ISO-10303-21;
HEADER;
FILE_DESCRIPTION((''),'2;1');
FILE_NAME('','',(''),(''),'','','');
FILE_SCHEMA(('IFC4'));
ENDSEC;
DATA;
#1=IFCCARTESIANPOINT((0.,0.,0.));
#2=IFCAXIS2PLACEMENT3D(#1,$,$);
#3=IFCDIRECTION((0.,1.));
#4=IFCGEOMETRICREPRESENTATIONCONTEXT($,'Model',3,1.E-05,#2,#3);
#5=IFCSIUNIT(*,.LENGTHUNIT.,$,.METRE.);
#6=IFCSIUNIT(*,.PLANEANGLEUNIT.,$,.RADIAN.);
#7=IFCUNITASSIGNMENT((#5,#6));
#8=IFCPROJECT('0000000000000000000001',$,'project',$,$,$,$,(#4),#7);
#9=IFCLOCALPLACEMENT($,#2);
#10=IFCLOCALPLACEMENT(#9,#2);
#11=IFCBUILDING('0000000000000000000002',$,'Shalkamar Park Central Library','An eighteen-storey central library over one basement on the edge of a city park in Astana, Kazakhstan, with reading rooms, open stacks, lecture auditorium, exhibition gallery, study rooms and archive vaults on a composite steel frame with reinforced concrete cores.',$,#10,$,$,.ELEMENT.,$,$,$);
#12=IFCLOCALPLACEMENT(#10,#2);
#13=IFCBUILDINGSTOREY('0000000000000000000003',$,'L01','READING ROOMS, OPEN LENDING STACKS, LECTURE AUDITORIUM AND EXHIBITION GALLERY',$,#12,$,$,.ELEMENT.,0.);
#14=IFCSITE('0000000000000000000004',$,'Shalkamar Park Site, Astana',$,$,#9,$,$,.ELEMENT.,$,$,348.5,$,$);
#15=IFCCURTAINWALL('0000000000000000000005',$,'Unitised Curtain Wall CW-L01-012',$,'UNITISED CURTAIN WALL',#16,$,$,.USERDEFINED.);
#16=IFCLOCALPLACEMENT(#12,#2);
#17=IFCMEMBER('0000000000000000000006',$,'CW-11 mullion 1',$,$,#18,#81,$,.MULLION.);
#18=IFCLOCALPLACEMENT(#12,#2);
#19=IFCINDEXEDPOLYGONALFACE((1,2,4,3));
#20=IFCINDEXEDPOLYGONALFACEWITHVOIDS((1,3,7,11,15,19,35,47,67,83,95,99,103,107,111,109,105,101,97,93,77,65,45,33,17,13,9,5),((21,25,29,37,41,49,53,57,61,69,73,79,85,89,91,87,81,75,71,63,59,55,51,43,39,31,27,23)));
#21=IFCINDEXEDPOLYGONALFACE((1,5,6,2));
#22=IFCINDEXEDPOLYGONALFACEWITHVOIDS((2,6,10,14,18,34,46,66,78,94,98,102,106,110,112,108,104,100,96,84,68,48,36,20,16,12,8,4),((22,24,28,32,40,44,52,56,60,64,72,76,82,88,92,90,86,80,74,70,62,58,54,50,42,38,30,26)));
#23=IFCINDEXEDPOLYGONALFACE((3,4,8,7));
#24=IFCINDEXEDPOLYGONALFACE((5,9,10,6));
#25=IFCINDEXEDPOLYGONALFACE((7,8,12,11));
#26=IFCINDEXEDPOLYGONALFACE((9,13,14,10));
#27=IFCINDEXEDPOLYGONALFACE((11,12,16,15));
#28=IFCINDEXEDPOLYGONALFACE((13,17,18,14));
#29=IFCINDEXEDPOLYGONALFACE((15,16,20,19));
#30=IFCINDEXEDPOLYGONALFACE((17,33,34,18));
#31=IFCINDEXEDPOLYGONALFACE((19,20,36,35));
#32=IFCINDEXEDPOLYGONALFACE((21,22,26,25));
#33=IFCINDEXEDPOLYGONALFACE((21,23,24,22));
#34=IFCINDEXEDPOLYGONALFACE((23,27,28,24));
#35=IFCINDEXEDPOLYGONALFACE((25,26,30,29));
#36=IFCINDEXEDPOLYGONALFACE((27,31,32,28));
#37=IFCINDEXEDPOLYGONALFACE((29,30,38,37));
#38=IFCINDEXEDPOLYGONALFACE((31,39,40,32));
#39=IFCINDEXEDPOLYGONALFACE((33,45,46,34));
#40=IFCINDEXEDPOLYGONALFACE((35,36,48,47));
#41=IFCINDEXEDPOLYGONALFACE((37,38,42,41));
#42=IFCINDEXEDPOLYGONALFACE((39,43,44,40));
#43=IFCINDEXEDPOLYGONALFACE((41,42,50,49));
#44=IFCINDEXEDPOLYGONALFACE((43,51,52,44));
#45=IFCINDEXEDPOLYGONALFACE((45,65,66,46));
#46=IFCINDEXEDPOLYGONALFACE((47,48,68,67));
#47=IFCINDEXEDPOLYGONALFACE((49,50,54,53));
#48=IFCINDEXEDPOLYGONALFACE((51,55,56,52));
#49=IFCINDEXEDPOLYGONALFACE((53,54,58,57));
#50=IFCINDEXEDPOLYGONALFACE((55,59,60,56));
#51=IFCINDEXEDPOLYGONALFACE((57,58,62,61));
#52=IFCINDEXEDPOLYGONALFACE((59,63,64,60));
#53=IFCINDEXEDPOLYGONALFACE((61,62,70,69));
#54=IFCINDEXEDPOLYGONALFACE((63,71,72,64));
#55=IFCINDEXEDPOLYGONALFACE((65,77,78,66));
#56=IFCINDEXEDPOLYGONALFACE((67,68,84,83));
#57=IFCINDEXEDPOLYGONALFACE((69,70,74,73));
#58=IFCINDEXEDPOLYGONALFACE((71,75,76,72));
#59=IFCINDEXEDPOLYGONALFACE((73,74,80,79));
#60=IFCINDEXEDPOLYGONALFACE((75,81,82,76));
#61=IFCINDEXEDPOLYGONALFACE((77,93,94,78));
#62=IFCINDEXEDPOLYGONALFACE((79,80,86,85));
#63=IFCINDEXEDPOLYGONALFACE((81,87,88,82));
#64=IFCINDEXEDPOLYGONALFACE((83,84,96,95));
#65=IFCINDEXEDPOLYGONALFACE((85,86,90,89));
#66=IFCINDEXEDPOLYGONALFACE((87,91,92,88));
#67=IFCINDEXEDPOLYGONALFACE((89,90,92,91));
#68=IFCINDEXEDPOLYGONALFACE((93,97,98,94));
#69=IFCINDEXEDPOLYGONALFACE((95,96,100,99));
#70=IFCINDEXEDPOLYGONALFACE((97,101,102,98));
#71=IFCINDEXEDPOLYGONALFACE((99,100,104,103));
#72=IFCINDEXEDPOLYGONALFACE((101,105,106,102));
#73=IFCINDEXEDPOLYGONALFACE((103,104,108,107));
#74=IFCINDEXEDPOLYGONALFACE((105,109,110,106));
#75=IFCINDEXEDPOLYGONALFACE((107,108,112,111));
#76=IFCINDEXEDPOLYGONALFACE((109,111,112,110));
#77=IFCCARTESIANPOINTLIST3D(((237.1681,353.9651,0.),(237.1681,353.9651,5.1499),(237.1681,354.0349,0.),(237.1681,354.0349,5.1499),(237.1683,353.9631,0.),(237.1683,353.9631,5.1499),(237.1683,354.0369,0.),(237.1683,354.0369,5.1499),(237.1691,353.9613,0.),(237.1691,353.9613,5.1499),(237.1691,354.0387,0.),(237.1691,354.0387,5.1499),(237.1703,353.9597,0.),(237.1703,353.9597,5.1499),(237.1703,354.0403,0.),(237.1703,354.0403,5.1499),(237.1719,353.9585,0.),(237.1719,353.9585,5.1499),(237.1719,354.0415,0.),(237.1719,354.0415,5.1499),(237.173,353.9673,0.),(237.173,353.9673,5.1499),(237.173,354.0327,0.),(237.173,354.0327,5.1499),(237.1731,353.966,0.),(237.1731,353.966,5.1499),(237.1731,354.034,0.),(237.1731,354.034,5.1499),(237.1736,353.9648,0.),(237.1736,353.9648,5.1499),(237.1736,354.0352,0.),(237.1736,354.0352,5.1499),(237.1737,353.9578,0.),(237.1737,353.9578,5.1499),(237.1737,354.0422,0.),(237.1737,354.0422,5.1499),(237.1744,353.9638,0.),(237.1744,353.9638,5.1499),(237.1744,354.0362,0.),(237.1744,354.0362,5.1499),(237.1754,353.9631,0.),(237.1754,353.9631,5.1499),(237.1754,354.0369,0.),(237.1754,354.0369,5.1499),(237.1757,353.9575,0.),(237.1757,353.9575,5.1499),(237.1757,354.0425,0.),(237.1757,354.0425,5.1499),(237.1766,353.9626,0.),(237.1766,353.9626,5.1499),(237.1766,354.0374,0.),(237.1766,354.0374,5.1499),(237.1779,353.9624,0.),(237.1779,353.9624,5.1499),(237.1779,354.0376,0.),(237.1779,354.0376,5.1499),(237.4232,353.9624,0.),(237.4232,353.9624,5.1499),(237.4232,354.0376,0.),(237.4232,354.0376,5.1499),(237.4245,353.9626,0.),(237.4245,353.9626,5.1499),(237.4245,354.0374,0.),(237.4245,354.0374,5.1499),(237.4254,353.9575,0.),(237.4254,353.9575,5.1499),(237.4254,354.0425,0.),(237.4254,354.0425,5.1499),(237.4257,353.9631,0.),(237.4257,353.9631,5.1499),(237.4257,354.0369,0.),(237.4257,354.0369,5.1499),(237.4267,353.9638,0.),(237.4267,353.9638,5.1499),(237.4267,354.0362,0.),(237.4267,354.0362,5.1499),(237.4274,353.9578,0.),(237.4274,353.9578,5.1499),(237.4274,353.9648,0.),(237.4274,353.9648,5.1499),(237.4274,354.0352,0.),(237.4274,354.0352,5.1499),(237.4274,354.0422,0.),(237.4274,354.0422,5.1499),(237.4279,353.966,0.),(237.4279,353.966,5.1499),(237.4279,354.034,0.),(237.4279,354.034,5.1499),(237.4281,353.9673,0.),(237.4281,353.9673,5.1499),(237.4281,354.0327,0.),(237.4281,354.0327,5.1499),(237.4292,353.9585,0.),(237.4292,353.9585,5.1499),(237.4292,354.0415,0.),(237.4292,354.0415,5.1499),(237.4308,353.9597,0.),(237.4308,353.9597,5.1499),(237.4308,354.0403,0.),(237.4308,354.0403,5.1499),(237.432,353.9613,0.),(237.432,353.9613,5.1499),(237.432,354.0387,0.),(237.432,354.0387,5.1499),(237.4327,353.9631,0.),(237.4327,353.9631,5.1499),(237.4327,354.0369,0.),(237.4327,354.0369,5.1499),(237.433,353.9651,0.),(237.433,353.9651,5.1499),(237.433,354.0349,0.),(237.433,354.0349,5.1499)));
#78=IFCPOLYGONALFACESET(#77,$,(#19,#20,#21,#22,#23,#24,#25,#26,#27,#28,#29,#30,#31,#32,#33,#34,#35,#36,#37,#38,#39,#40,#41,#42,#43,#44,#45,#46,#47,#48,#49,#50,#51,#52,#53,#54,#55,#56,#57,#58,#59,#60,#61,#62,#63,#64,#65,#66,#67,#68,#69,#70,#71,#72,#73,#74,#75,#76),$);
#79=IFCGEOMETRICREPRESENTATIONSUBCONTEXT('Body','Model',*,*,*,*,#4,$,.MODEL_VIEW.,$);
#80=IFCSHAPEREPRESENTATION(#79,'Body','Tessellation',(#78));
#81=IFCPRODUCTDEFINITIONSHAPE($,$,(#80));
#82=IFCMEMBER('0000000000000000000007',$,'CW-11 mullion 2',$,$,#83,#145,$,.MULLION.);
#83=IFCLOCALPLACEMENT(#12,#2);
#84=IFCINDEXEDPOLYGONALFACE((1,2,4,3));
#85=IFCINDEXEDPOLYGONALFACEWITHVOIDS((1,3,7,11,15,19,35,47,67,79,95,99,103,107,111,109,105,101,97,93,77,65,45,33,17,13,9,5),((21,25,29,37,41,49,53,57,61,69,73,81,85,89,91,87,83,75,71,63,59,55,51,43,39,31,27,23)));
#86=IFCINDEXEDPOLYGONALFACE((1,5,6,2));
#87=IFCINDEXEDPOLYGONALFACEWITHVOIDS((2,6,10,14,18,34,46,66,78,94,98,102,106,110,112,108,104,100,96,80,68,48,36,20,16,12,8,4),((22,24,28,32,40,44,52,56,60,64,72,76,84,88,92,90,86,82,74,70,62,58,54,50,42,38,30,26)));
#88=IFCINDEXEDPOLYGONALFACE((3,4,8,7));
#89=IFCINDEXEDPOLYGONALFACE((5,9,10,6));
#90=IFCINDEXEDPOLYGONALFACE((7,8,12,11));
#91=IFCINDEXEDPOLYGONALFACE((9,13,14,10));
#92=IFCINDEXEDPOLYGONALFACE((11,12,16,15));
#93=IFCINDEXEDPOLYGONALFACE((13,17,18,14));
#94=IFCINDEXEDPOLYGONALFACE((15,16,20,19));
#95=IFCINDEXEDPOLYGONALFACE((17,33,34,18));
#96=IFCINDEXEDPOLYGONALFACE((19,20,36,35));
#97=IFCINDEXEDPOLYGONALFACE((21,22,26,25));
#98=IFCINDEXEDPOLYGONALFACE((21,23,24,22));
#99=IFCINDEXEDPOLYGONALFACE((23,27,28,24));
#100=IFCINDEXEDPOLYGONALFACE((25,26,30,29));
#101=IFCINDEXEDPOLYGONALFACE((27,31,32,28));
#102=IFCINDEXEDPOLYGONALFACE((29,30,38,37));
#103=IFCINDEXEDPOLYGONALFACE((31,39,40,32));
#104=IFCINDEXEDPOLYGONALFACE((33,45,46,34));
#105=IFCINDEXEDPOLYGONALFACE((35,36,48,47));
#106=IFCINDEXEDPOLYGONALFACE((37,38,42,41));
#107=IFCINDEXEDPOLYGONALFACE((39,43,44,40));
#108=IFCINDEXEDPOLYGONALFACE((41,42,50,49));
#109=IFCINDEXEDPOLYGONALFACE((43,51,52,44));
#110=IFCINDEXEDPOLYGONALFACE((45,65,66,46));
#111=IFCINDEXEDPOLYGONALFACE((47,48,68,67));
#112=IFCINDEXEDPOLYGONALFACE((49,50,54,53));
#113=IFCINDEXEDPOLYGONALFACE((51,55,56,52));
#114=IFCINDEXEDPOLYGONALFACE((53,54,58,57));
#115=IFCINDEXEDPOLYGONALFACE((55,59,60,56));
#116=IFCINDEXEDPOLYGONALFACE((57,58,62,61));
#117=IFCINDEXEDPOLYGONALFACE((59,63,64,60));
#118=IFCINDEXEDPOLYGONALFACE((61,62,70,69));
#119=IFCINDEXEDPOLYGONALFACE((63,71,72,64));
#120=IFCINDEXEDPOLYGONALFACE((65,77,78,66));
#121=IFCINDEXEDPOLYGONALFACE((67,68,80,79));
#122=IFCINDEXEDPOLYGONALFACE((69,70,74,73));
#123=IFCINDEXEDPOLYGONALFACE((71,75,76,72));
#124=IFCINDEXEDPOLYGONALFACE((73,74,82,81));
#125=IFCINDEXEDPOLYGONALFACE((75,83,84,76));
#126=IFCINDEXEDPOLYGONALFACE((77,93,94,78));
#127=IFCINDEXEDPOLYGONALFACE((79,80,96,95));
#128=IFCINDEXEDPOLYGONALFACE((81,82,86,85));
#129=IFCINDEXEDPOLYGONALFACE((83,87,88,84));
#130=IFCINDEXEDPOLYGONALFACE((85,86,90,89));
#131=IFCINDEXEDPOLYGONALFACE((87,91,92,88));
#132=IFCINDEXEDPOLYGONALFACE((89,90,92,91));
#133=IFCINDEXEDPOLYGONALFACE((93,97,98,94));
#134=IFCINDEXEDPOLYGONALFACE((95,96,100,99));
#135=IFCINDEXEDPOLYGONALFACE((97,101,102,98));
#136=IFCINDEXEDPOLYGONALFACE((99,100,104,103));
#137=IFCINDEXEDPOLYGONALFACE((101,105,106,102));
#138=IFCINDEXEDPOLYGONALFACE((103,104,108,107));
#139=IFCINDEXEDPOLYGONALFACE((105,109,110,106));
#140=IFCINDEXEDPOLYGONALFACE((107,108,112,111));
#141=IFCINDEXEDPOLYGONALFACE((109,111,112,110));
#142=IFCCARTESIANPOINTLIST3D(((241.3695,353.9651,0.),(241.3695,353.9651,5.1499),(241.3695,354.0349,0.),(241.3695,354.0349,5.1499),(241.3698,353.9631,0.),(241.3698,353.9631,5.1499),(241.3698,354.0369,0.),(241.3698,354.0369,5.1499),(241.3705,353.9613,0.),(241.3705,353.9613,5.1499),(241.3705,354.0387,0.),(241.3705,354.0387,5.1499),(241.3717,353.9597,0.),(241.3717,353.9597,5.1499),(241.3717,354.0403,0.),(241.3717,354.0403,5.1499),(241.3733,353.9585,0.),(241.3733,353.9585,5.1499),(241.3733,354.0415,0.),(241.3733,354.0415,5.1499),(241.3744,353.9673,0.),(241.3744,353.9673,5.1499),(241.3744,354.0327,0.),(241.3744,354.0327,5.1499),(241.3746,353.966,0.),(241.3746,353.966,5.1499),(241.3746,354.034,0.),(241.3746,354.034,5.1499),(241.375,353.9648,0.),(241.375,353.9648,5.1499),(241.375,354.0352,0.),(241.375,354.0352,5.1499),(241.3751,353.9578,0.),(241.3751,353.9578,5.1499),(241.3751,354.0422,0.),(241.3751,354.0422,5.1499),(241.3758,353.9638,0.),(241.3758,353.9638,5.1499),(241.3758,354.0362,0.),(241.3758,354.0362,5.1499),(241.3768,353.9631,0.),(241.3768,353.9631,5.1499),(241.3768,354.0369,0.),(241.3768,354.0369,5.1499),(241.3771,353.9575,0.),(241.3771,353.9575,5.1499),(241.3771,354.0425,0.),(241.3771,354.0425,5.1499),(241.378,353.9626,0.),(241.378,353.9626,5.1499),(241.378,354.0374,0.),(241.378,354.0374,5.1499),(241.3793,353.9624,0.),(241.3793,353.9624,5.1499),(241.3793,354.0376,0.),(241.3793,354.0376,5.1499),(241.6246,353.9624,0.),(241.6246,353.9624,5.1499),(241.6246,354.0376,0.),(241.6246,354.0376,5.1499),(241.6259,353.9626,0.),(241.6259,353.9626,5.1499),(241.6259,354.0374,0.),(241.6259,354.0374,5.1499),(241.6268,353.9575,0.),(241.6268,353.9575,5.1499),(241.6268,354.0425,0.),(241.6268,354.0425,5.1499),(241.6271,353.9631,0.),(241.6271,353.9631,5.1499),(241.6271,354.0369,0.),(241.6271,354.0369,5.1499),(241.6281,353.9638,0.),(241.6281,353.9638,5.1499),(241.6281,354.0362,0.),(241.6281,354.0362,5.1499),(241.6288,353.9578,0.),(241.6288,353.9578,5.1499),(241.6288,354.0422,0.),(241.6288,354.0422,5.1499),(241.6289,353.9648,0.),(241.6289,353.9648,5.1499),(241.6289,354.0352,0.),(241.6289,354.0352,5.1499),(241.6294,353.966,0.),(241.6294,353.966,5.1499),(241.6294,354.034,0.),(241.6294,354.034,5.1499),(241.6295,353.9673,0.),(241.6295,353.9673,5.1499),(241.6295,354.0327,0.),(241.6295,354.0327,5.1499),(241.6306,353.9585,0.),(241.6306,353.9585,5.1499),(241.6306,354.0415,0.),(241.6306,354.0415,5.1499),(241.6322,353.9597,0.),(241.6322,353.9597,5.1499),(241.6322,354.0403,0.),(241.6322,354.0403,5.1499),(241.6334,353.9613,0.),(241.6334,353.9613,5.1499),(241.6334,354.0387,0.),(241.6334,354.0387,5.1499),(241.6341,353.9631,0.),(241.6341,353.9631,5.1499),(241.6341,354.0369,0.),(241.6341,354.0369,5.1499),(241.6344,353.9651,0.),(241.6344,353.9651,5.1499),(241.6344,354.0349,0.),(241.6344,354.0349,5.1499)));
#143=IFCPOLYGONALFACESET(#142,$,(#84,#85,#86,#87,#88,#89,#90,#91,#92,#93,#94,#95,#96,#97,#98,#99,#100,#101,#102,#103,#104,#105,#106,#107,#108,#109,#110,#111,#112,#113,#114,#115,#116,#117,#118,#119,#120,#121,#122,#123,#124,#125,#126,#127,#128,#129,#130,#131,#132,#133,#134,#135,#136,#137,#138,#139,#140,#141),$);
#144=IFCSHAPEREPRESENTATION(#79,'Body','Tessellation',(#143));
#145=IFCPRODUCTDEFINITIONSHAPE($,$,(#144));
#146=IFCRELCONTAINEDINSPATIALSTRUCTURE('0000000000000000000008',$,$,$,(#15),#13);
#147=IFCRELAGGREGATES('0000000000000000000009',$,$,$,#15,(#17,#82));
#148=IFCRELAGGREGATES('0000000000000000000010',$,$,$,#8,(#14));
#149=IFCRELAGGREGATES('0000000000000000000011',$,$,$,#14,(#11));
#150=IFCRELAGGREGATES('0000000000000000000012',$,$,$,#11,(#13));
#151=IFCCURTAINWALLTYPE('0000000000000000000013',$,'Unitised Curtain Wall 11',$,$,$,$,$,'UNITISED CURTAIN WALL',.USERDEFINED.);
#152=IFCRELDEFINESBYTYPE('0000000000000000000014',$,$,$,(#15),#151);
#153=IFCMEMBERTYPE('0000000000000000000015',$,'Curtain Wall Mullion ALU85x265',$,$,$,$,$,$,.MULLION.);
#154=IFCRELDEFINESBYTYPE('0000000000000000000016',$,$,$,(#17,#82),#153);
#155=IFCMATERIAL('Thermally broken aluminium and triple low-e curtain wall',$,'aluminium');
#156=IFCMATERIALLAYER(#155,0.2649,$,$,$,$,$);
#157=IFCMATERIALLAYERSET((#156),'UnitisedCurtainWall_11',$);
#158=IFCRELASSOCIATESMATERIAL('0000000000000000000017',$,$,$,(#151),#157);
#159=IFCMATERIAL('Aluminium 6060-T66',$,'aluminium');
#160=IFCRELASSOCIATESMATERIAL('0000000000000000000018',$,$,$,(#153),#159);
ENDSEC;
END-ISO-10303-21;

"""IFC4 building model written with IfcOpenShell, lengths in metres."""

from ifc_helpers import new_model, si_unit, direction, frame, origin, origin_2d, place, context, subcontext, project, spatial, hollow_rectangle, extrude, material, layer, layer_set, material_profile, profile_set, type_object, element, aggregate, save


model = new_model("IFC4")

# Units and contexts
model_context = context("Model", 3, precision=1e-05, world=origin(), true_north=direction((0.0, 1.0)))
body_context = subcontext(model_context, "Body", "Model", "MODEL_VIEW")
ifc_project = project(units=[si_unit("LENGTHUNIT", "METRE"), si_unit("PLANEANGLEUNIT", "RADIAN")], contexts=[model_context])

# Site, building, storey
site_placement = place(None, origin())
site = spatial("IfcSite", under=ifc_project, at=site_placement, Name="Shalkamar Park Site, Astana", CompositionType="ELEMENT", RefElevation=348.5)
building_placement = place(site_placement, origin())
building = spatial("IfcBuilding", under=site, at=building_placement, Name="Shalkamar Park Central Library", Description="An eighteen-storey central library over one basement on the edge of a city park in Astana, Kazakhstan, with reading rooms, open stacks, lecture auditorium, exhibition gallery, study rooms and archive vaults on a composite steel frame with reinforced concrete cores.", CompositionType="ELEMENT")
storey_placement = place(building_placement, origin())
storey = spatial("IfcBuildingStorey", under=building, at=storey_placement, Name="L01", Description="READING ROOMS, OPEN LENDING STACKS, LECTURE AUDITORIUM AND EXHIBITION GALLERY", CompositionType="ELEMENT", Elevation=0.0)

# Curtain wall, members
ifc_material_1 = material(Name="Thermally broken aluminium and triple low-e curtain wall", Category="aluminium")
ifc_material_2 = material(Name="Aluminium 6060-T66", Category="aluminium")
ifc_layer_1 = layer(ifc_material_1, 0.2649)
ifc_layer_set_1 = layer_set([ifc_layer_1], Name="UnitisedCurtainWall_11")
curtain_wall_type_1 = type_object("IfcCurtainWallType", Name="Unitised Curtain Wall 11", ElementType="UNITISED CURTAIN WALL", PredefinedType="USERDEFINED", material=ifc_layer_set_1)
curtain_wall_1_placement = place(storey_placement, origin())
curtain_wall_1 = element("IfcCurtainWall", 1, at=curtain_wall_1_placement, inside=storey, type_object=curtain_wall_type_1, Name="Unitised Curtain Wall CW-L01-012", ObjectType="UNITISED CURTAIN WALL", PredefinedType="USERDEFINED")
ifc_material_profile_1 = material_profile(ifc_material_2, hollow_rectangle(XDim=0.085, YDim=0.2649, WallThickness=0.0049, InnerFilletRadius=0.0049, OuterFilletRadius=0.0076, at=origin_2d()), Name="ALU 85x265x5")
ifc_profile_set_1 = profile_set([ifc_material_profile_1], Name="Aluminium 6060-T66")
member_type_1 = type_object("IfcMemberType", Name="Curtain Wall Mullion ALU85x265", PredefinedType="MULLION", material=ifc_profile_set_1)
member_1_placement = place(storey_placement, frame((237.3005, 354.0, 0.0), z_axis=(0.0, 0.0, 1.0), x_axis=(0.0, 1.0, 0.0)))
member_1 = element("IfcMember", 2, at=member_1_placement, type_object=member_type_1, Name="CW-11 mullion 1", PredefinedType="MULLION", context=body_context, shape_type="SweptSolid", body=[
    extrude(hollow_rectangle(XDim=0.085, YDim=0.2649, WallThickness=0.0049, InnerFilletRadius=0.0049, OuterFilletRadius=0.0076, at=origin_2d()), origin(), (0.0, 0.0, 1.0), 5.1499),
])
member_2_placement = place(storey_placement, frame((241.502, 354.0, 0.0), z_axis=(0.0, 0.0, 1.0), x_axis=(0.0, 1.0, 0.0)))
member_2 = element("IfcMember", 3, at=member_2_placement, type_object=member_type_1, Name="CW-11 mullion 2", PredefinedType="MULLION", context=body_context, shape_type="SweptSolid", body=[
    extrude(hollow_rectangle(XDim=0.085, YDim=0.2649, WallThickness=0.0049, InnerFilletRadius=0.0049, OuterFilletRadius=0.0076, at=origin_2d()), origin(), (0.0, 0.0, 1.0), 5.1499),
])

aggregate(curtain_wall_1, [member_1, member_2])

save(model, "model.ifc")
